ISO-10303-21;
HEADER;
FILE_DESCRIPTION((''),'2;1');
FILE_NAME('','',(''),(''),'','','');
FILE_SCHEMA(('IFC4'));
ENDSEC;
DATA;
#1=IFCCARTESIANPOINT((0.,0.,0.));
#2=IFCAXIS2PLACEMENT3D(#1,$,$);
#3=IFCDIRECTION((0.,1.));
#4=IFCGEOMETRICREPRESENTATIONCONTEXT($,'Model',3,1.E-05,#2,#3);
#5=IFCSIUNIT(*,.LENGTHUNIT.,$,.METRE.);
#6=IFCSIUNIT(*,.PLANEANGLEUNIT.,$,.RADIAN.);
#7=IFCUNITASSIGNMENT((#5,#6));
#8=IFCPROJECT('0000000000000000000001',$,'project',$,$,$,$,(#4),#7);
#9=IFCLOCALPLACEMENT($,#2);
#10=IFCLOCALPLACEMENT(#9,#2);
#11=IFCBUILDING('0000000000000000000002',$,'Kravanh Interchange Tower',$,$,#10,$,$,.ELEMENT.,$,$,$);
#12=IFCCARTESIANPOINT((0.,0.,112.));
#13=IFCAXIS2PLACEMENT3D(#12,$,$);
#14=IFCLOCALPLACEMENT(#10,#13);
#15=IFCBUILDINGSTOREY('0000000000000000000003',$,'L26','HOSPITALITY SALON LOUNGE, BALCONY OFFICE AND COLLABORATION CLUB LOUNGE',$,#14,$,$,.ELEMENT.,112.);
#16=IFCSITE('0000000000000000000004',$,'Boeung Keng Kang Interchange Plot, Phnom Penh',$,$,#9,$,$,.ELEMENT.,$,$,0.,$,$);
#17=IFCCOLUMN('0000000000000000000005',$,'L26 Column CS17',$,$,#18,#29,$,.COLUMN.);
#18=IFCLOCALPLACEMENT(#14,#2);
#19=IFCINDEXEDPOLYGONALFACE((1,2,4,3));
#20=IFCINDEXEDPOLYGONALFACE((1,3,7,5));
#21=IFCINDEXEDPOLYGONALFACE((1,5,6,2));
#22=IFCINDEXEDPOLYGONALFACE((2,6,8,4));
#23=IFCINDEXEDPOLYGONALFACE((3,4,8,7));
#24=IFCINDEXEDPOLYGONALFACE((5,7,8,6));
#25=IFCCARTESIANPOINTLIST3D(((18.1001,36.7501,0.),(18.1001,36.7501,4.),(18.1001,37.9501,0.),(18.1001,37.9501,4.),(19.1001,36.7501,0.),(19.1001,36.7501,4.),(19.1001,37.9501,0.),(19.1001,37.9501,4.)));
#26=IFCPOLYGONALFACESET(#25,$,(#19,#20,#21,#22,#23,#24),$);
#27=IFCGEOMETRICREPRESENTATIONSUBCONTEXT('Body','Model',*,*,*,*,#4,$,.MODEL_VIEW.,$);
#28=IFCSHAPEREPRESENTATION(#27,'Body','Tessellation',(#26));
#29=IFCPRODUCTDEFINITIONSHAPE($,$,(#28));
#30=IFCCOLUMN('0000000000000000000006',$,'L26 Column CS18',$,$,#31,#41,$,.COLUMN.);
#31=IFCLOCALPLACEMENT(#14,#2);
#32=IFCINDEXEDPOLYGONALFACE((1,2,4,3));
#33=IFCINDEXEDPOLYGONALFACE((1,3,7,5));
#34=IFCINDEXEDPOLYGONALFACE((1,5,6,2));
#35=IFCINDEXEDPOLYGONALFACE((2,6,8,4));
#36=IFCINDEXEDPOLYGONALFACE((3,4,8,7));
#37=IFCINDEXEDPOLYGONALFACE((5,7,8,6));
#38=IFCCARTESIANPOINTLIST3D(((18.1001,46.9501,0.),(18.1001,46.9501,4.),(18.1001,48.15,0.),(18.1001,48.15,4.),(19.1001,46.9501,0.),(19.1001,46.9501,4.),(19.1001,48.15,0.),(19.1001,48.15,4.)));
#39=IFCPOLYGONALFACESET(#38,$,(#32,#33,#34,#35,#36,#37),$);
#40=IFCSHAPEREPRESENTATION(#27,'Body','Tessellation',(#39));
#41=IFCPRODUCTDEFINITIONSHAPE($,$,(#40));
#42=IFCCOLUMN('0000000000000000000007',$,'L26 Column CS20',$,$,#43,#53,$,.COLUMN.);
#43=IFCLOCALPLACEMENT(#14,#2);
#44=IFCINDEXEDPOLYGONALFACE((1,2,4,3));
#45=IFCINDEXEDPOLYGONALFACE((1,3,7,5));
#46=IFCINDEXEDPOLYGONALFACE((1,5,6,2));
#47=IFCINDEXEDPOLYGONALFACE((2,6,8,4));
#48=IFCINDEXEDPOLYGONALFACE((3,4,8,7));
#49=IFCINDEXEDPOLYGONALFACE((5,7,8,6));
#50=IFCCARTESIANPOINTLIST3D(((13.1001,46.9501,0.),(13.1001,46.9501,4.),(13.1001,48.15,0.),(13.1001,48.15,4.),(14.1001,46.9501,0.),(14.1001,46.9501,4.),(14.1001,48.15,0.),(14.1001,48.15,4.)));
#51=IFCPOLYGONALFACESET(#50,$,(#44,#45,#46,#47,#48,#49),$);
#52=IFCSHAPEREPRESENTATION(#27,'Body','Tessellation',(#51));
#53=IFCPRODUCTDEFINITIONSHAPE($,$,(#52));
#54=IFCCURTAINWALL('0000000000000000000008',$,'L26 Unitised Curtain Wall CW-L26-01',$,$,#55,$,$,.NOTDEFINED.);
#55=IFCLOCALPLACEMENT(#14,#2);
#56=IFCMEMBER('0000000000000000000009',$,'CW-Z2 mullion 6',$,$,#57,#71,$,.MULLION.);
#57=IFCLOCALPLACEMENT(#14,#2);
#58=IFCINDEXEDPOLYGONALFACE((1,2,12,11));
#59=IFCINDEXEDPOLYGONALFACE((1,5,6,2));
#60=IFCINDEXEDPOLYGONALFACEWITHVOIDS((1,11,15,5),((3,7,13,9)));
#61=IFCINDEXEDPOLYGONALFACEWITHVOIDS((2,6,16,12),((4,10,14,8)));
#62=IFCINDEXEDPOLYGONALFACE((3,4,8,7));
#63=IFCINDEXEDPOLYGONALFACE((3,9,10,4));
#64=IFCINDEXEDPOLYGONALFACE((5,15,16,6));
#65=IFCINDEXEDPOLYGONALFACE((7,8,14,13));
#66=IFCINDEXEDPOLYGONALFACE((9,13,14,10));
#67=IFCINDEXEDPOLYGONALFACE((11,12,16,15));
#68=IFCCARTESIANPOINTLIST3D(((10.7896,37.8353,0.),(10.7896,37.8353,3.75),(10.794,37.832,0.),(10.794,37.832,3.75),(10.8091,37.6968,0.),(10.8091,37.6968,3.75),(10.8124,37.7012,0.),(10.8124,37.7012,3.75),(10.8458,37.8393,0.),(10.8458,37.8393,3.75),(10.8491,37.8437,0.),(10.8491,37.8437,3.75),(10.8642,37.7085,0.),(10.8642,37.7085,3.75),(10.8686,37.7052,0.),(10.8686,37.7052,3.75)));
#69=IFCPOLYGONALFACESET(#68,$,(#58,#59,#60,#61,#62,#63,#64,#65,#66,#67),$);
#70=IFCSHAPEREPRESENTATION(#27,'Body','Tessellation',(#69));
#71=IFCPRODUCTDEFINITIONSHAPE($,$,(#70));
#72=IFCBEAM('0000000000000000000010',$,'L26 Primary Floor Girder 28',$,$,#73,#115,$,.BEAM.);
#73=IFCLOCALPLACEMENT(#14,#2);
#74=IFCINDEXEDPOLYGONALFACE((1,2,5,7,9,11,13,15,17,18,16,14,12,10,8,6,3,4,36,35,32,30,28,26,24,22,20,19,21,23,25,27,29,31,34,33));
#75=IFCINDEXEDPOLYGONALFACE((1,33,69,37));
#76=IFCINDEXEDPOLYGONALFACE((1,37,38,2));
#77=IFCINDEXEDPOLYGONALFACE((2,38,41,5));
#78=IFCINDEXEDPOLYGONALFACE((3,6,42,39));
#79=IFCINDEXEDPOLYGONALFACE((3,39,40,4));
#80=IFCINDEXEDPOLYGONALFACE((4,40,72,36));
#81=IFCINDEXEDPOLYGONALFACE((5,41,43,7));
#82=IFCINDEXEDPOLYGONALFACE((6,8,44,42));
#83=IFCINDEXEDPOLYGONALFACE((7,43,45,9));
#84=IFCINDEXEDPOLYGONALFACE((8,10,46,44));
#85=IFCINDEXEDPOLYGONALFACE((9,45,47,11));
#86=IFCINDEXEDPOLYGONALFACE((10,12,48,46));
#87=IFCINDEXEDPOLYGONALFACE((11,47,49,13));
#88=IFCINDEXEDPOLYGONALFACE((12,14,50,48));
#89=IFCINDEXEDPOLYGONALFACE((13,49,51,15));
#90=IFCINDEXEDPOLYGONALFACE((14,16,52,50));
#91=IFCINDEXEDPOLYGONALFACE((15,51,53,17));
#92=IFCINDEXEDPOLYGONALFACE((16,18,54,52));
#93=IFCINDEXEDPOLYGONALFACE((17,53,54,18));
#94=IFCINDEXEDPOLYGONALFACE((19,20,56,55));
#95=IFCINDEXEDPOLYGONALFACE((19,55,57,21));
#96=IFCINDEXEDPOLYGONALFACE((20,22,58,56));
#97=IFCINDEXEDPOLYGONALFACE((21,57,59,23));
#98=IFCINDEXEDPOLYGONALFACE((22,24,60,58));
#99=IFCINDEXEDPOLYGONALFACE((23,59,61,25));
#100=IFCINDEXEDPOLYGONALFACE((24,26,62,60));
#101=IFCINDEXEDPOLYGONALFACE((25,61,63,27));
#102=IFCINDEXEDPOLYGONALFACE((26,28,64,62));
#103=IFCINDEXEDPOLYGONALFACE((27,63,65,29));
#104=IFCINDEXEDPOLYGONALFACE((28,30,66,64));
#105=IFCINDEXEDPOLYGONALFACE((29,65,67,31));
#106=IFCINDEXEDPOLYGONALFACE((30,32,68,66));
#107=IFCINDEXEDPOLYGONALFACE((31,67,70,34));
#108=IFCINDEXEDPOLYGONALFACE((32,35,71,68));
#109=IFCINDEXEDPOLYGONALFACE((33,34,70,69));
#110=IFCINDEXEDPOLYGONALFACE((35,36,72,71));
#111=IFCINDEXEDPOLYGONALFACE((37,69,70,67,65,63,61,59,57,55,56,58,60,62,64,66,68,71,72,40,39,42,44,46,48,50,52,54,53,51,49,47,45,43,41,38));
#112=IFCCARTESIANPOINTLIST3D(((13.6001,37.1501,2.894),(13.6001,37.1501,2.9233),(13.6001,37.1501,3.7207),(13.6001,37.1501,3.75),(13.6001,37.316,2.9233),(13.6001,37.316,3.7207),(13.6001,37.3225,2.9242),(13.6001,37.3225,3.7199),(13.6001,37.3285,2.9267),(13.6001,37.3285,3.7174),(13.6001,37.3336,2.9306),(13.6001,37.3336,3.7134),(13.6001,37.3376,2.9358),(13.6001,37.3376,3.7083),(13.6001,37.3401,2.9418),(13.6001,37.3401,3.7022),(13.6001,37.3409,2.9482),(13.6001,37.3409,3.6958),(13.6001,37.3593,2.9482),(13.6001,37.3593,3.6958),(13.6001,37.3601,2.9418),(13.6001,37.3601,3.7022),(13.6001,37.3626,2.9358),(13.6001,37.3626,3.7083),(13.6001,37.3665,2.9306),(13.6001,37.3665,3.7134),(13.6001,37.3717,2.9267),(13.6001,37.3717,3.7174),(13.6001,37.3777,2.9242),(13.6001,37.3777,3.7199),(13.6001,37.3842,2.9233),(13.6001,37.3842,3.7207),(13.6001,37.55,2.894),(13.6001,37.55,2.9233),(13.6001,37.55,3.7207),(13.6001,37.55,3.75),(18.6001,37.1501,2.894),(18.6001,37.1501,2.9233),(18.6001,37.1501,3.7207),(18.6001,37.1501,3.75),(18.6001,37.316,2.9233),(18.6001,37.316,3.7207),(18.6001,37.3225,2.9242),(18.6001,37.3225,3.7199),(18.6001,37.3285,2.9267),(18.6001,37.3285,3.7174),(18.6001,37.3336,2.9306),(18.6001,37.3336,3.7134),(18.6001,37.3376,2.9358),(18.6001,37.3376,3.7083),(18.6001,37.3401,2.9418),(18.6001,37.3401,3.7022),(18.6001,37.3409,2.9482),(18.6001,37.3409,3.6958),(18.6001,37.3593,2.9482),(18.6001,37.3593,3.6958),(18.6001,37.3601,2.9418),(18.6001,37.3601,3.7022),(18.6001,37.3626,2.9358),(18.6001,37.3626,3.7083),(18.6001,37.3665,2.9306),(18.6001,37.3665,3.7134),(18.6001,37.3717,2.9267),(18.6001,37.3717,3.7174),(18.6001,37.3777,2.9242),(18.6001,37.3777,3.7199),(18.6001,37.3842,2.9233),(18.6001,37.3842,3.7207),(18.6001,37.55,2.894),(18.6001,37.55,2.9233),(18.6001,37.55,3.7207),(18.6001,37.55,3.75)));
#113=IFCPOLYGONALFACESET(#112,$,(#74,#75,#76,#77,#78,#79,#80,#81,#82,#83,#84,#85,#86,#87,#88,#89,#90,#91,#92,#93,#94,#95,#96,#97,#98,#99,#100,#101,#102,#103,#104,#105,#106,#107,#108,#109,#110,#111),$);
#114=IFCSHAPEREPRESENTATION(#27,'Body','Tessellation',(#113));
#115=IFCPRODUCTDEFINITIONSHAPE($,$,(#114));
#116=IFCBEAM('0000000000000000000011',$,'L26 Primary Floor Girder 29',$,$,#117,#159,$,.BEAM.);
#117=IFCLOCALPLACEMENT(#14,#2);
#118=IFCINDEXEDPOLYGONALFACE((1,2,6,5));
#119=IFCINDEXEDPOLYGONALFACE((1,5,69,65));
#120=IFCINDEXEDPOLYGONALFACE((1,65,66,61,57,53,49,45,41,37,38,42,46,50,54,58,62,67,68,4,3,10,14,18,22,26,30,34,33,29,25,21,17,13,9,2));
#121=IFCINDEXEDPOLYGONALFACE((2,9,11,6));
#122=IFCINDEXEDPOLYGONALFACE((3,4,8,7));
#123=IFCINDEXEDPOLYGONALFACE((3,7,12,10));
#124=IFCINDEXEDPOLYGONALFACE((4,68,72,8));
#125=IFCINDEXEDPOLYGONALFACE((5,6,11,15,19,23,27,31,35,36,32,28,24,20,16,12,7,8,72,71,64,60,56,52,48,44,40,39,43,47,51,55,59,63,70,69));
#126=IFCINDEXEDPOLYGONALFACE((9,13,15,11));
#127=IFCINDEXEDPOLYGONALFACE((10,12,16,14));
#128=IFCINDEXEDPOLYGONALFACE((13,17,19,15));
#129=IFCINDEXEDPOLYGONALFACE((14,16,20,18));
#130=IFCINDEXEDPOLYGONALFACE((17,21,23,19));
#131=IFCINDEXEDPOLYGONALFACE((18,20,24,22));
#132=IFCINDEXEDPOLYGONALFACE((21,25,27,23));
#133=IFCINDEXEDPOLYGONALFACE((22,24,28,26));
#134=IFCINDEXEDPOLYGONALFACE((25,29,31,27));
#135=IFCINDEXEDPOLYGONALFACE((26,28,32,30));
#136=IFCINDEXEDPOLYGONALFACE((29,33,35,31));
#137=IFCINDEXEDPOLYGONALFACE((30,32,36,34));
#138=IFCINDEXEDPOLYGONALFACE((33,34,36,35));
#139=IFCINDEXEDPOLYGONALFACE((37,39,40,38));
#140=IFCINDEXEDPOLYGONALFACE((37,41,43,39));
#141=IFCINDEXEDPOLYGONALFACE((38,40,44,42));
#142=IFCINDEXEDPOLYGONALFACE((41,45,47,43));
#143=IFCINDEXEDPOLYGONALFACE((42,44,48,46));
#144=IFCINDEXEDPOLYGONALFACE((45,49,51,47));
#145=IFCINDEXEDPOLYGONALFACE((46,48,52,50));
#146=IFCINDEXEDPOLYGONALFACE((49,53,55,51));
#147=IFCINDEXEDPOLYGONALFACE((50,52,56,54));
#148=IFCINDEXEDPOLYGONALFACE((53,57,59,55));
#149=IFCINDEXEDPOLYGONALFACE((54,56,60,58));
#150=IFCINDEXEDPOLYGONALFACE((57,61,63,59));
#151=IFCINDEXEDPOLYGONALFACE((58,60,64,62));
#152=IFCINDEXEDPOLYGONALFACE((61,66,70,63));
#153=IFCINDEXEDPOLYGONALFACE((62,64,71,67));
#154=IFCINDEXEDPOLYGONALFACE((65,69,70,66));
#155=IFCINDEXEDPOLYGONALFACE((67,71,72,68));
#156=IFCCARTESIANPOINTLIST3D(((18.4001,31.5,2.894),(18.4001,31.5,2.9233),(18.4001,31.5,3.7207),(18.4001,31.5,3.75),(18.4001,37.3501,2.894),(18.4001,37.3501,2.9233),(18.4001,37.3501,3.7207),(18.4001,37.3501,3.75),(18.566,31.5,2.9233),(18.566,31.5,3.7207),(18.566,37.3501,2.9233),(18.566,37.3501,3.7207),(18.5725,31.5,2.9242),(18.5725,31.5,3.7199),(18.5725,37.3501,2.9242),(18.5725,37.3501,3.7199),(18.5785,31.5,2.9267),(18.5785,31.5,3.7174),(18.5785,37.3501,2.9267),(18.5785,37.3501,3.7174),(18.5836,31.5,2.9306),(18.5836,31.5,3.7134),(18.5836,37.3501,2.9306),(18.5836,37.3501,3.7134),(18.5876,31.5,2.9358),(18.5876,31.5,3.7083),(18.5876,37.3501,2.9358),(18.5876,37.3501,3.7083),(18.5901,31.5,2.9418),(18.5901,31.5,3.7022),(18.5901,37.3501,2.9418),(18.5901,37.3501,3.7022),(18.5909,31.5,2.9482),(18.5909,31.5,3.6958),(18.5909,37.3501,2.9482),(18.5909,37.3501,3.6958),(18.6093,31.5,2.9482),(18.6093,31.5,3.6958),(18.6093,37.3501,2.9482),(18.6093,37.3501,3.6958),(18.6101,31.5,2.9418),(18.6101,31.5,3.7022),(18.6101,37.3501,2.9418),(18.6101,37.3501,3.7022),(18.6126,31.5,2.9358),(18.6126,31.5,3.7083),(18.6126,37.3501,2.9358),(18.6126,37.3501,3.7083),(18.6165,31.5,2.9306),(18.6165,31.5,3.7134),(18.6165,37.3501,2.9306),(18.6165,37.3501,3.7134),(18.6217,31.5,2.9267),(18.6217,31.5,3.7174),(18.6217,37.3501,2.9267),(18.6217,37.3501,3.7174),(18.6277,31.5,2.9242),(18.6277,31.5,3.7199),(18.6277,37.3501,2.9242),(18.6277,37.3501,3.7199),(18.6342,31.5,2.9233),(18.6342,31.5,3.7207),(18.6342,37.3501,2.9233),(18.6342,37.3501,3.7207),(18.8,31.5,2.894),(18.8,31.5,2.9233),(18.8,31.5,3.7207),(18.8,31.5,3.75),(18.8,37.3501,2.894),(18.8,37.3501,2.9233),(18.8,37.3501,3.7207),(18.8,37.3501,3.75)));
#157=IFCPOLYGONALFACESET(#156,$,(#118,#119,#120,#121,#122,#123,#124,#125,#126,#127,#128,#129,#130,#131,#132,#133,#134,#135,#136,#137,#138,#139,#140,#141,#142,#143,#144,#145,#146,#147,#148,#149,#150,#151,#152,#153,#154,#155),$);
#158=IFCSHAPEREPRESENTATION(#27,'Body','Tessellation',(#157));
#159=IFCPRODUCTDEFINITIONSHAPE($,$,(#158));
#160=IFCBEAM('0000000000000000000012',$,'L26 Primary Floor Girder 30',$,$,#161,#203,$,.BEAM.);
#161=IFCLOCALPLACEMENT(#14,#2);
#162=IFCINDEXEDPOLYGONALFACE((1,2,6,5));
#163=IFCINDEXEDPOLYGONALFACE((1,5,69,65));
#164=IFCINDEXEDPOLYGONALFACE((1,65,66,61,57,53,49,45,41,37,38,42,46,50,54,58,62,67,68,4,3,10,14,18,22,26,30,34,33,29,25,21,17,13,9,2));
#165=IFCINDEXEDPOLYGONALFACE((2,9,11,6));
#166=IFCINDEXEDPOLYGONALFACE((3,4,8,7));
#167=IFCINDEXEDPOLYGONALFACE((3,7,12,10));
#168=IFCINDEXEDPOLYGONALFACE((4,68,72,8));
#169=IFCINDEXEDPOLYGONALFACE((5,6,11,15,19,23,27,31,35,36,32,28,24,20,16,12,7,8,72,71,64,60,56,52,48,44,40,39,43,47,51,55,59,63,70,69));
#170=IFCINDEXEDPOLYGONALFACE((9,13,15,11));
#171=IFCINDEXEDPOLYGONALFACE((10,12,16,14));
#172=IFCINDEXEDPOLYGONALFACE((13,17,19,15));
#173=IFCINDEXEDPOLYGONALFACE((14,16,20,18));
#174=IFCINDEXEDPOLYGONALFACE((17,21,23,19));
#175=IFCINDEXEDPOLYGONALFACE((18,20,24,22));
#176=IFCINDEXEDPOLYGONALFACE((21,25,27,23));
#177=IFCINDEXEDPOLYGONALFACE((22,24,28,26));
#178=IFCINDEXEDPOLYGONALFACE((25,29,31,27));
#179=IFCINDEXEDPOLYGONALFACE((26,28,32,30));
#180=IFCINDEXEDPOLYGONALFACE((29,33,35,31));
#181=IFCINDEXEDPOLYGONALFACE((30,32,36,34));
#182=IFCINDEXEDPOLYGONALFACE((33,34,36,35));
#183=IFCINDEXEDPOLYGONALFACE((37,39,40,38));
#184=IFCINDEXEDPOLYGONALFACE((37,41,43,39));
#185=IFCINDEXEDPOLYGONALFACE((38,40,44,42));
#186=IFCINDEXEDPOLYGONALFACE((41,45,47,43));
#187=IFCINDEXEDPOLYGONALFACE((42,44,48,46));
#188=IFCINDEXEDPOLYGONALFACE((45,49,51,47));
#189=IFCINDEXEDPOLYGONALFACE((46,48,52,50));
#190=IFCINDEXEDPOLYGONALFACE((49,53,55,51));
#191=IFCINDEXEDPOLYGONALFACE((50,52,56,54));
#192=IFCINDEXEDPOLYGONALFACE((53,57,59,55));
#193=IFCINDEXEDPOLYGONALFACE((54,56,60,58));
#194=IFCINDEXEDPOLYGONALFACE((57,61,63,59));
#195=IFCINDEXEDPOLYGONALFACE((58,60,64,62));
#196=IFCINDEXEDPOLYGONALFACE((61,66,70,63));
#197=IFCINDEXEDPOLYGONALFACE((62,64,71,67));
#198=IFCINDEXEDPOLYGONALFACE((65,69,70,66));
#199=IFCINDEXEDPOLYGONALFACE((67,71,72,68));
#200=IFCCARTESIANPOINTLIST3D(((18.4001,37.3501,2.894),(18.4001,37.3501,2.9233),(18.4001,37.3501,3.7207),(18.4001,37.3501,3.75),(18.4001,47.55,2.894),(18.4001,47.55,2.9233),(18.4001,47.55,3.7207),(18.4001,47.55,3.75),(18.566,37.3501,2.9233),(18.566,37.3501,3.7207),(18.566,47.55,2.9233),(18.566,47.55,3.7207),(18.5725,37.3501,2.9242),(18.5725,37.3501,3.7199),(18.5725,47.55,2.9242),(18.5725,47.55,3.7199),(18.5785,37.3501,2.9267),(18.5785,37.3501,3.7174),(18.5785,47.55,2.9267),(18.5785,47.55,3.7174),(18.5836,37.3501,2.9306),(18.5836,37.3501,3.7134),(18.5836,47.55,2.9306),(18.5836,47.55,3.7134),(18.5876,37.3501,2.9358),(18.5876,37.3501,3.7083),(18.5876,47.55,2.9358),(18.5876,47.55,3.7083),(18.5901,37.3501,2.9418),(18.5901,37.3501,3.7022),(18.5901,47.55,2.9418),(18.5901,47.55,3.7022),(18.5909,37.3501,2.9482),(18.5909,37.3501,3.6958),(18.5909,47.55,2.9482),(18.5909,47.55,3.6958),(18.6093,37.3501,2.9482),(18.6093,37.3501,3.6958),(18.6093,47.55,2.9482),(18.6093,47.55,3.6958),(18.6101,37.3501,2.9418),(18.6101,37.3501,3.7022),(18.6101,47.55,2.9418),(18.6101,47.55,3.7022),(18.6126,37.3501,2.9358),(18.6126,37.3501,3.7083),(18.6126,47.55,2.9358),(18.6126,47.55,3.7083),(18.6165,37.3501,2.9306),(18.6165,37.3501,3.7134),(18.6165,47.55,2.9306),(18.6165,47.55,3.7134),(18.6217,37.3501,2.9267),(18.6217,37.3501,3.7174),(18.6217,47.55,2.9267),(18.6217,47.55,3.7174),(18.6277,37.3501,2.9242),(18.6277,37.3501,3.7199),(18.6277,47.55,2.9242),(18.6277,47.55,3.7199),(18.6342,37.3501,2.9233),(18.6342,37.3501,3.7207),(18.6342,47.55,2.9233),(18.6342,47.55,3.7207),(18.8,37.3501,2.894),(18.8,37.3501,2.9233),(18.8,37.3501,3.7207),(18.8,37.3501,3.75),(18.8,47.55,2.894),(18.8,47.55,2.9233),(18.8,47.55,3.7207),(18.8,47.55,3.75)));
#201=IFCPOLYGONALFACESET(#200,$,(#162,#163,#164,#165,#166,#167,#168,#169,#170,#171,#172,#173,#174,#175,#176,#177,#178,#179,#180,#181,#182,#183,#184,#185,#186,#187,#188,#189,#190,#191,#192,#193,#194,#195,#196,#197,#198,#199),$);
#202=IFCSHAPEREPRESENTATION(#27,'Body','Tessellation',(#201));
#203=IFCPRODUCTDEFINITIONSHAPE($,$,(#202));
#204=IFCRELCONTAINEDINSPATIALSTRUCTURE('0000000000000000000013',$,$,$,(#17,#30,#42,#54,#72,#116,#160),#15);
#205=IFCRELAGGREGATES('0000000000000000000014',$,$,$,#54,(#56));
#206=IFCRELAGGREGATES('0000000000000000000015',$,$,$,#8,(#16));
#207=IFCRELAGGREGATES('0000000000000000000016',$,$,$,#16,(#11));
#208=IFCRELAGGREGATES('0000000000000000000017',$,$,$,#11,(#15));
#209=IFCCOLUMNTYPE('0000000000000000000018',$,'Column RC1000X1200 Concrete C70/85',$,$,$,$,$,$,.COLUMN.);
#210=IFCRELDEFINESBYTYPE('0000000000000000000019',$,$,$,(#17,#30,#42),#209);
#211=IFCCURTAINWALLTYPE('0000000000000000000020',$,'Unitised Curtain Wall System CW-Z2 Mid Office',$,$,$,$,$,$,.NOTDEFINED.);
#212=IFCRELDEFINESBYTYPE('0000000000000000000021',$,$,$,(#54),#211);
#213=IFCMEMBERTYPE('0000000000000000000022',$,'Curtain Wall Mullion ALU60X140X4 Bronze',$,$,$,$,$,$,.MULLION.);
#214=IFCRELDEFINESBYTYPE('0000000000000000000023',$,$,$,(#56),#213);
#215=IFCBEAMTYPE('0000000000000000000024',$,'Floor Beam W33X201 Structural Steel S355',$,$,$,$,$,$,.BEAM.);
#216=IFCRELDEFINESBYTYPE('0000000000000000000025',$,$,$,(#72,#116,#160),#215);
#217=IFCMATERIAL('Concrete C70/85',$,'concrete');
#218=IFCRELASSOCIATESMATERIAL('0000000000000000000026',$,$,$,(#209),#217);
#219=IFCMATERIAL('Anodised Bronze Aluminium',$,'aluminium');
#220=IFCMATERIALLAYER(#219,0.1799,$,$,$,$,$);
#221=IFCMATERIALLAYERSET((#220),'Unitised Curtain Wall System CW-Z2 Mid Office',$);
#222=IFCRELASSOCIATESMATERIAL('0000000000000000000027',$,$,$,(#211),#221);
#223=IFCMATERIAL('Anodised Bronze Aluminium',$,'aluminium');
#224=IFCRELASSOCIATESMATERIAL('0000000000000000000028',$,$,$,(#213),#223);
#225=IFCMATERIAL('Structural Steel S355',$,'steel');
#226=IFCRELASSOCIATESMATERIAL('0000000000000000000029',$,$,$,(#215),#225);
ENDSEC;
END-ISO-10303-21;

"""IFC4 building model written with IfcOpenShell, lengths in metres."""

from ifc_helpers import new_model, si_unit, direction, frame, origin, origin_2d, place, context, subcontext, project, spatial, rectangle, hollow_rectangle, i_section, extrude, material, layer, layer_set, material_profile, profile_set, type_object, element, aggregate, save


model = new_model("IFC4")

# Units and contexts
model_context = context("Model", 3, precision=1e-05, world=origin(), true_north=direction((0.0, 1.0)))
body_context = subcontext(model_context, "Body", "Model", "MODEL_VIEW")
ifc_project = project(units=[si_unit("LENGTHUNIT", "METRE"), si_unit("PLANEANGLEUNIT", "RADIAN")], contexts=[model_context])

# Site, building, storey
site_placement = place(None, origin())
site = spatial("IfcSite", under=ifc_project, at=site_placement, Name="Boeung Keng Kang Interchange Plot, Phnom Penh", CompositionType="ELEMENT", RefElevation=0.0)
building_placement = place(site_placement, origin())
building = spatial("IfcBuilding", under=site, at=building_placement, Name="Kravanh Interchange Tower", CompositionType="ELEMENT")
storey_placement = place(building_placement, frame((0.0, 0.0, 112.0)))
storey = spatial("IfcBuildingStorey", under=building, at=storey_placement, Name="L26", Description="HOSPITALITY SALON LOUNGE, BALCONY OFFICE AND COLLABORATION CLUB LOUNGE", CompositionType="ELEMENT", Elevation=112.0)

# Columns
ifc_material_1 = material(Name="Concrete C70/85", Category="concrete")
ifc_material_profile_1 = material_profile(ifc_material_1, rectangle(XDim=1.0, YDim=1.2, at=origin_2d()), Name="RC1000X1200")
ifc_profile_set_1 = profile_set([ifc_material_profile_1], Name="Concrete C70/85")
column_type = type_object("IfcColumnType", Name="Column RC1000X1200 Concrete C70/85", PredefinedType="COLUMN", material=ifc_profile_set_1)
for number, where, z_axis, x_axis, name in (
    (1, (18.6001, 37.3501, 0.0), (0.0, 0.0, 1.0), (1.0, 0.0, 0.0), "L26 Column CS17"),
    (2, (18.6001, 47.55, 0.0), (0.0, 0.0, 1.0), (1.0, 0.0, 0.0), "L26 Column CS18"),
    (3, (13.6001, 47.55, 0.0), (0.0, 0.0, 1.0), (1.0, 0.0, 0.0), "L26 Column CS20"),
):
    element("IfcColumn", number, at=place(storey_placement, frame(where, z_axis=z_axis, x_axis=x_axis)), inside=storey, type_object=column_type, Name=name, PredefinedType="COLUMN", context=body_context, shape_type="SweptSolid", body=[
        extrude(rectangle(XDim=1.0, YDim=1.2, at=origin_2d()), origin(), (0.0, 0.0, 1.0), 4.0),
    ])

# Curtain wall, member
ifc_material_2 = material(Name="Anodised Bronze Aluminium", Category="aluminium")
ifc_layer_1 = layer(ifc_material_2, 0.1799)
ifc_layer_set_1 = layer_set([ifc_layer_1], Name="Unitised Curtain Wall System CW-Z2 Mid Office")
curtain_wall_type = type_object("IfcCurtainWallType", Name="Unitised Curtain Wall System CW-Z2 Mid Office", PredefinedType="NOTDEFINED", material=ifc_layer_set_1)
curtain_wall_placement = place(storey_placement, origin())
curtain_wall = element("IfcCurtainWall", 4, at=curtain_wall_placement, inside=storey, type_object=curtain_wall_type, Name="L26 Unitised Curtain Wall CW-L26-01", PredefinedType="NOTDEFINED")
ifc_material_3 = material(Name="Anodised Bronze Aluminium", Category="aluminium")
ifc_material_profile_2 = material_profile(ifc_material_3, hollow_rectangle(XDim=0.0601, YDim=0.1399, WallThickness=0.0039, at=origin_2d()), Name="ALU60X140X4")
ifc_profile_set_2 = profile_set([ifc_material_profile_2], Name="Anodised Bronze Aluminium")
member_type = type_object("IfcMemberType", Name="Curtain Wall Mullion ALU60X140X4 Bronze", PredefinedType="MULLION", material=ifc_profile_set_2)
member_placement = place(storey_placement, frame((10.8291, 37.7703, 0.0), z_axis=(0.0, 0.0, 1.0), x_axis=(-0.990268, -0.139173, 0.0)))
member = element("IfcMember", 5, at=member_placement, type_object=member_type, Name="CW-Z2 mullion 6", PredefinedType="MULLION", context=body_context, shape_type="SweptSolid", body=[
    extrude(hollow_rectangle(XDim=0.0601, YDim=0.1399, WallThickness=0.0039, at=origin_2d()), origin(), (0.0, 0.0, 1.0), 3.75),
])
aggregate(curtain_wall, [member])

# Beams
ifc_material_4 = material(Name="Structural Steel S355", Category="steel")
ifc_material_profile_3 = material_profile(ifc_material_4, i_section(OverallWidth=0.3999, OverallDepth=0.856, WebThickness=0.0183, FlangeThickness=0.0293, FilletRadius=0.0249, at=origin_2d()), Name="W33X201")
ifc_profile_set_3 = profile_set([ifc_material_profile_3], Name="Structural Steel S355")
beam_type = type_object("IfcBeamType", Name="Floor Beam W33X201 Structural Steel S355", PredefinedType="BEAM", material=ifc_profile_set_3)
beam_1_placement = place(storey_placement, frame((18.6001, 37.3501, 3.322), z_axis=(-1.0, 0.0, 0.0), x_axis=(0.0, -1.0, 0.0)))
element("IfcBeam", 6, at=beam_1_placement, inside=storey, type_object=beam_type, Name="L26 Primary Floor Girder 28", PredefinedType="BEAM", context=body_context, shape_type="SweptSolid", body=[
    extrude(i_section(OverallWidth=0.3999, OverallDepth=0.856, WebThickness=0.0183, FlangeThickness=0.0293, FilletRadius=0.0249, at=origin_2d()), origin(), (0.0, 0.0, 1.0), 5.0),
])
beam_2_placement = place(storey_placement, frame((18.6001, 37.3501, 3.322), z_axis=(0.0, -1.0, 0.0), x_axis=(1.0, 0.0, 0.0)))
element("IfcBeam", 7, at=beam_2_placement, inside=storey, type_object=beam_type, Name="L26 Primary Floor Girder 29", PredefinedType="BEAM", context=body_context, shape_type="SweptSolid", body=[
    extrude(i_section(OverallWidth=0.3999, OverallDepth=0.856, WebThickness=0.0183, FlangeThickness=0.0293, FilletRadius=0.0249, at=origin_2d()), origin(), (0.0, 0.0, 1.0), 5.8501),
])
beam_3_placement = place(storey_placement, frame((18.6001, 37.3501, 3.322), z_axis=(0.0, 1.0, 0.0), x_axis=(-1.0, 0.0, 0.0)))
element("IfcBeam", 8, at=beam_3_placement, inside=storey, type_object=beam_type, Name="L26 Primary Floor Girder 30", PredefinedType="BEAM", context=body_context, shape_type="SweptSolid", body=[
    extrude(i_section(OverallWidth=0.3999, OverallDepth=0.856, WebThickness=0.0183, FlangeThickness=0.0293, FilletRadius=0.0249, at=origin_2d()), origin(), (0.0, 0.0, 1.0), 10.2),
])

save(model, "model.ifc")
